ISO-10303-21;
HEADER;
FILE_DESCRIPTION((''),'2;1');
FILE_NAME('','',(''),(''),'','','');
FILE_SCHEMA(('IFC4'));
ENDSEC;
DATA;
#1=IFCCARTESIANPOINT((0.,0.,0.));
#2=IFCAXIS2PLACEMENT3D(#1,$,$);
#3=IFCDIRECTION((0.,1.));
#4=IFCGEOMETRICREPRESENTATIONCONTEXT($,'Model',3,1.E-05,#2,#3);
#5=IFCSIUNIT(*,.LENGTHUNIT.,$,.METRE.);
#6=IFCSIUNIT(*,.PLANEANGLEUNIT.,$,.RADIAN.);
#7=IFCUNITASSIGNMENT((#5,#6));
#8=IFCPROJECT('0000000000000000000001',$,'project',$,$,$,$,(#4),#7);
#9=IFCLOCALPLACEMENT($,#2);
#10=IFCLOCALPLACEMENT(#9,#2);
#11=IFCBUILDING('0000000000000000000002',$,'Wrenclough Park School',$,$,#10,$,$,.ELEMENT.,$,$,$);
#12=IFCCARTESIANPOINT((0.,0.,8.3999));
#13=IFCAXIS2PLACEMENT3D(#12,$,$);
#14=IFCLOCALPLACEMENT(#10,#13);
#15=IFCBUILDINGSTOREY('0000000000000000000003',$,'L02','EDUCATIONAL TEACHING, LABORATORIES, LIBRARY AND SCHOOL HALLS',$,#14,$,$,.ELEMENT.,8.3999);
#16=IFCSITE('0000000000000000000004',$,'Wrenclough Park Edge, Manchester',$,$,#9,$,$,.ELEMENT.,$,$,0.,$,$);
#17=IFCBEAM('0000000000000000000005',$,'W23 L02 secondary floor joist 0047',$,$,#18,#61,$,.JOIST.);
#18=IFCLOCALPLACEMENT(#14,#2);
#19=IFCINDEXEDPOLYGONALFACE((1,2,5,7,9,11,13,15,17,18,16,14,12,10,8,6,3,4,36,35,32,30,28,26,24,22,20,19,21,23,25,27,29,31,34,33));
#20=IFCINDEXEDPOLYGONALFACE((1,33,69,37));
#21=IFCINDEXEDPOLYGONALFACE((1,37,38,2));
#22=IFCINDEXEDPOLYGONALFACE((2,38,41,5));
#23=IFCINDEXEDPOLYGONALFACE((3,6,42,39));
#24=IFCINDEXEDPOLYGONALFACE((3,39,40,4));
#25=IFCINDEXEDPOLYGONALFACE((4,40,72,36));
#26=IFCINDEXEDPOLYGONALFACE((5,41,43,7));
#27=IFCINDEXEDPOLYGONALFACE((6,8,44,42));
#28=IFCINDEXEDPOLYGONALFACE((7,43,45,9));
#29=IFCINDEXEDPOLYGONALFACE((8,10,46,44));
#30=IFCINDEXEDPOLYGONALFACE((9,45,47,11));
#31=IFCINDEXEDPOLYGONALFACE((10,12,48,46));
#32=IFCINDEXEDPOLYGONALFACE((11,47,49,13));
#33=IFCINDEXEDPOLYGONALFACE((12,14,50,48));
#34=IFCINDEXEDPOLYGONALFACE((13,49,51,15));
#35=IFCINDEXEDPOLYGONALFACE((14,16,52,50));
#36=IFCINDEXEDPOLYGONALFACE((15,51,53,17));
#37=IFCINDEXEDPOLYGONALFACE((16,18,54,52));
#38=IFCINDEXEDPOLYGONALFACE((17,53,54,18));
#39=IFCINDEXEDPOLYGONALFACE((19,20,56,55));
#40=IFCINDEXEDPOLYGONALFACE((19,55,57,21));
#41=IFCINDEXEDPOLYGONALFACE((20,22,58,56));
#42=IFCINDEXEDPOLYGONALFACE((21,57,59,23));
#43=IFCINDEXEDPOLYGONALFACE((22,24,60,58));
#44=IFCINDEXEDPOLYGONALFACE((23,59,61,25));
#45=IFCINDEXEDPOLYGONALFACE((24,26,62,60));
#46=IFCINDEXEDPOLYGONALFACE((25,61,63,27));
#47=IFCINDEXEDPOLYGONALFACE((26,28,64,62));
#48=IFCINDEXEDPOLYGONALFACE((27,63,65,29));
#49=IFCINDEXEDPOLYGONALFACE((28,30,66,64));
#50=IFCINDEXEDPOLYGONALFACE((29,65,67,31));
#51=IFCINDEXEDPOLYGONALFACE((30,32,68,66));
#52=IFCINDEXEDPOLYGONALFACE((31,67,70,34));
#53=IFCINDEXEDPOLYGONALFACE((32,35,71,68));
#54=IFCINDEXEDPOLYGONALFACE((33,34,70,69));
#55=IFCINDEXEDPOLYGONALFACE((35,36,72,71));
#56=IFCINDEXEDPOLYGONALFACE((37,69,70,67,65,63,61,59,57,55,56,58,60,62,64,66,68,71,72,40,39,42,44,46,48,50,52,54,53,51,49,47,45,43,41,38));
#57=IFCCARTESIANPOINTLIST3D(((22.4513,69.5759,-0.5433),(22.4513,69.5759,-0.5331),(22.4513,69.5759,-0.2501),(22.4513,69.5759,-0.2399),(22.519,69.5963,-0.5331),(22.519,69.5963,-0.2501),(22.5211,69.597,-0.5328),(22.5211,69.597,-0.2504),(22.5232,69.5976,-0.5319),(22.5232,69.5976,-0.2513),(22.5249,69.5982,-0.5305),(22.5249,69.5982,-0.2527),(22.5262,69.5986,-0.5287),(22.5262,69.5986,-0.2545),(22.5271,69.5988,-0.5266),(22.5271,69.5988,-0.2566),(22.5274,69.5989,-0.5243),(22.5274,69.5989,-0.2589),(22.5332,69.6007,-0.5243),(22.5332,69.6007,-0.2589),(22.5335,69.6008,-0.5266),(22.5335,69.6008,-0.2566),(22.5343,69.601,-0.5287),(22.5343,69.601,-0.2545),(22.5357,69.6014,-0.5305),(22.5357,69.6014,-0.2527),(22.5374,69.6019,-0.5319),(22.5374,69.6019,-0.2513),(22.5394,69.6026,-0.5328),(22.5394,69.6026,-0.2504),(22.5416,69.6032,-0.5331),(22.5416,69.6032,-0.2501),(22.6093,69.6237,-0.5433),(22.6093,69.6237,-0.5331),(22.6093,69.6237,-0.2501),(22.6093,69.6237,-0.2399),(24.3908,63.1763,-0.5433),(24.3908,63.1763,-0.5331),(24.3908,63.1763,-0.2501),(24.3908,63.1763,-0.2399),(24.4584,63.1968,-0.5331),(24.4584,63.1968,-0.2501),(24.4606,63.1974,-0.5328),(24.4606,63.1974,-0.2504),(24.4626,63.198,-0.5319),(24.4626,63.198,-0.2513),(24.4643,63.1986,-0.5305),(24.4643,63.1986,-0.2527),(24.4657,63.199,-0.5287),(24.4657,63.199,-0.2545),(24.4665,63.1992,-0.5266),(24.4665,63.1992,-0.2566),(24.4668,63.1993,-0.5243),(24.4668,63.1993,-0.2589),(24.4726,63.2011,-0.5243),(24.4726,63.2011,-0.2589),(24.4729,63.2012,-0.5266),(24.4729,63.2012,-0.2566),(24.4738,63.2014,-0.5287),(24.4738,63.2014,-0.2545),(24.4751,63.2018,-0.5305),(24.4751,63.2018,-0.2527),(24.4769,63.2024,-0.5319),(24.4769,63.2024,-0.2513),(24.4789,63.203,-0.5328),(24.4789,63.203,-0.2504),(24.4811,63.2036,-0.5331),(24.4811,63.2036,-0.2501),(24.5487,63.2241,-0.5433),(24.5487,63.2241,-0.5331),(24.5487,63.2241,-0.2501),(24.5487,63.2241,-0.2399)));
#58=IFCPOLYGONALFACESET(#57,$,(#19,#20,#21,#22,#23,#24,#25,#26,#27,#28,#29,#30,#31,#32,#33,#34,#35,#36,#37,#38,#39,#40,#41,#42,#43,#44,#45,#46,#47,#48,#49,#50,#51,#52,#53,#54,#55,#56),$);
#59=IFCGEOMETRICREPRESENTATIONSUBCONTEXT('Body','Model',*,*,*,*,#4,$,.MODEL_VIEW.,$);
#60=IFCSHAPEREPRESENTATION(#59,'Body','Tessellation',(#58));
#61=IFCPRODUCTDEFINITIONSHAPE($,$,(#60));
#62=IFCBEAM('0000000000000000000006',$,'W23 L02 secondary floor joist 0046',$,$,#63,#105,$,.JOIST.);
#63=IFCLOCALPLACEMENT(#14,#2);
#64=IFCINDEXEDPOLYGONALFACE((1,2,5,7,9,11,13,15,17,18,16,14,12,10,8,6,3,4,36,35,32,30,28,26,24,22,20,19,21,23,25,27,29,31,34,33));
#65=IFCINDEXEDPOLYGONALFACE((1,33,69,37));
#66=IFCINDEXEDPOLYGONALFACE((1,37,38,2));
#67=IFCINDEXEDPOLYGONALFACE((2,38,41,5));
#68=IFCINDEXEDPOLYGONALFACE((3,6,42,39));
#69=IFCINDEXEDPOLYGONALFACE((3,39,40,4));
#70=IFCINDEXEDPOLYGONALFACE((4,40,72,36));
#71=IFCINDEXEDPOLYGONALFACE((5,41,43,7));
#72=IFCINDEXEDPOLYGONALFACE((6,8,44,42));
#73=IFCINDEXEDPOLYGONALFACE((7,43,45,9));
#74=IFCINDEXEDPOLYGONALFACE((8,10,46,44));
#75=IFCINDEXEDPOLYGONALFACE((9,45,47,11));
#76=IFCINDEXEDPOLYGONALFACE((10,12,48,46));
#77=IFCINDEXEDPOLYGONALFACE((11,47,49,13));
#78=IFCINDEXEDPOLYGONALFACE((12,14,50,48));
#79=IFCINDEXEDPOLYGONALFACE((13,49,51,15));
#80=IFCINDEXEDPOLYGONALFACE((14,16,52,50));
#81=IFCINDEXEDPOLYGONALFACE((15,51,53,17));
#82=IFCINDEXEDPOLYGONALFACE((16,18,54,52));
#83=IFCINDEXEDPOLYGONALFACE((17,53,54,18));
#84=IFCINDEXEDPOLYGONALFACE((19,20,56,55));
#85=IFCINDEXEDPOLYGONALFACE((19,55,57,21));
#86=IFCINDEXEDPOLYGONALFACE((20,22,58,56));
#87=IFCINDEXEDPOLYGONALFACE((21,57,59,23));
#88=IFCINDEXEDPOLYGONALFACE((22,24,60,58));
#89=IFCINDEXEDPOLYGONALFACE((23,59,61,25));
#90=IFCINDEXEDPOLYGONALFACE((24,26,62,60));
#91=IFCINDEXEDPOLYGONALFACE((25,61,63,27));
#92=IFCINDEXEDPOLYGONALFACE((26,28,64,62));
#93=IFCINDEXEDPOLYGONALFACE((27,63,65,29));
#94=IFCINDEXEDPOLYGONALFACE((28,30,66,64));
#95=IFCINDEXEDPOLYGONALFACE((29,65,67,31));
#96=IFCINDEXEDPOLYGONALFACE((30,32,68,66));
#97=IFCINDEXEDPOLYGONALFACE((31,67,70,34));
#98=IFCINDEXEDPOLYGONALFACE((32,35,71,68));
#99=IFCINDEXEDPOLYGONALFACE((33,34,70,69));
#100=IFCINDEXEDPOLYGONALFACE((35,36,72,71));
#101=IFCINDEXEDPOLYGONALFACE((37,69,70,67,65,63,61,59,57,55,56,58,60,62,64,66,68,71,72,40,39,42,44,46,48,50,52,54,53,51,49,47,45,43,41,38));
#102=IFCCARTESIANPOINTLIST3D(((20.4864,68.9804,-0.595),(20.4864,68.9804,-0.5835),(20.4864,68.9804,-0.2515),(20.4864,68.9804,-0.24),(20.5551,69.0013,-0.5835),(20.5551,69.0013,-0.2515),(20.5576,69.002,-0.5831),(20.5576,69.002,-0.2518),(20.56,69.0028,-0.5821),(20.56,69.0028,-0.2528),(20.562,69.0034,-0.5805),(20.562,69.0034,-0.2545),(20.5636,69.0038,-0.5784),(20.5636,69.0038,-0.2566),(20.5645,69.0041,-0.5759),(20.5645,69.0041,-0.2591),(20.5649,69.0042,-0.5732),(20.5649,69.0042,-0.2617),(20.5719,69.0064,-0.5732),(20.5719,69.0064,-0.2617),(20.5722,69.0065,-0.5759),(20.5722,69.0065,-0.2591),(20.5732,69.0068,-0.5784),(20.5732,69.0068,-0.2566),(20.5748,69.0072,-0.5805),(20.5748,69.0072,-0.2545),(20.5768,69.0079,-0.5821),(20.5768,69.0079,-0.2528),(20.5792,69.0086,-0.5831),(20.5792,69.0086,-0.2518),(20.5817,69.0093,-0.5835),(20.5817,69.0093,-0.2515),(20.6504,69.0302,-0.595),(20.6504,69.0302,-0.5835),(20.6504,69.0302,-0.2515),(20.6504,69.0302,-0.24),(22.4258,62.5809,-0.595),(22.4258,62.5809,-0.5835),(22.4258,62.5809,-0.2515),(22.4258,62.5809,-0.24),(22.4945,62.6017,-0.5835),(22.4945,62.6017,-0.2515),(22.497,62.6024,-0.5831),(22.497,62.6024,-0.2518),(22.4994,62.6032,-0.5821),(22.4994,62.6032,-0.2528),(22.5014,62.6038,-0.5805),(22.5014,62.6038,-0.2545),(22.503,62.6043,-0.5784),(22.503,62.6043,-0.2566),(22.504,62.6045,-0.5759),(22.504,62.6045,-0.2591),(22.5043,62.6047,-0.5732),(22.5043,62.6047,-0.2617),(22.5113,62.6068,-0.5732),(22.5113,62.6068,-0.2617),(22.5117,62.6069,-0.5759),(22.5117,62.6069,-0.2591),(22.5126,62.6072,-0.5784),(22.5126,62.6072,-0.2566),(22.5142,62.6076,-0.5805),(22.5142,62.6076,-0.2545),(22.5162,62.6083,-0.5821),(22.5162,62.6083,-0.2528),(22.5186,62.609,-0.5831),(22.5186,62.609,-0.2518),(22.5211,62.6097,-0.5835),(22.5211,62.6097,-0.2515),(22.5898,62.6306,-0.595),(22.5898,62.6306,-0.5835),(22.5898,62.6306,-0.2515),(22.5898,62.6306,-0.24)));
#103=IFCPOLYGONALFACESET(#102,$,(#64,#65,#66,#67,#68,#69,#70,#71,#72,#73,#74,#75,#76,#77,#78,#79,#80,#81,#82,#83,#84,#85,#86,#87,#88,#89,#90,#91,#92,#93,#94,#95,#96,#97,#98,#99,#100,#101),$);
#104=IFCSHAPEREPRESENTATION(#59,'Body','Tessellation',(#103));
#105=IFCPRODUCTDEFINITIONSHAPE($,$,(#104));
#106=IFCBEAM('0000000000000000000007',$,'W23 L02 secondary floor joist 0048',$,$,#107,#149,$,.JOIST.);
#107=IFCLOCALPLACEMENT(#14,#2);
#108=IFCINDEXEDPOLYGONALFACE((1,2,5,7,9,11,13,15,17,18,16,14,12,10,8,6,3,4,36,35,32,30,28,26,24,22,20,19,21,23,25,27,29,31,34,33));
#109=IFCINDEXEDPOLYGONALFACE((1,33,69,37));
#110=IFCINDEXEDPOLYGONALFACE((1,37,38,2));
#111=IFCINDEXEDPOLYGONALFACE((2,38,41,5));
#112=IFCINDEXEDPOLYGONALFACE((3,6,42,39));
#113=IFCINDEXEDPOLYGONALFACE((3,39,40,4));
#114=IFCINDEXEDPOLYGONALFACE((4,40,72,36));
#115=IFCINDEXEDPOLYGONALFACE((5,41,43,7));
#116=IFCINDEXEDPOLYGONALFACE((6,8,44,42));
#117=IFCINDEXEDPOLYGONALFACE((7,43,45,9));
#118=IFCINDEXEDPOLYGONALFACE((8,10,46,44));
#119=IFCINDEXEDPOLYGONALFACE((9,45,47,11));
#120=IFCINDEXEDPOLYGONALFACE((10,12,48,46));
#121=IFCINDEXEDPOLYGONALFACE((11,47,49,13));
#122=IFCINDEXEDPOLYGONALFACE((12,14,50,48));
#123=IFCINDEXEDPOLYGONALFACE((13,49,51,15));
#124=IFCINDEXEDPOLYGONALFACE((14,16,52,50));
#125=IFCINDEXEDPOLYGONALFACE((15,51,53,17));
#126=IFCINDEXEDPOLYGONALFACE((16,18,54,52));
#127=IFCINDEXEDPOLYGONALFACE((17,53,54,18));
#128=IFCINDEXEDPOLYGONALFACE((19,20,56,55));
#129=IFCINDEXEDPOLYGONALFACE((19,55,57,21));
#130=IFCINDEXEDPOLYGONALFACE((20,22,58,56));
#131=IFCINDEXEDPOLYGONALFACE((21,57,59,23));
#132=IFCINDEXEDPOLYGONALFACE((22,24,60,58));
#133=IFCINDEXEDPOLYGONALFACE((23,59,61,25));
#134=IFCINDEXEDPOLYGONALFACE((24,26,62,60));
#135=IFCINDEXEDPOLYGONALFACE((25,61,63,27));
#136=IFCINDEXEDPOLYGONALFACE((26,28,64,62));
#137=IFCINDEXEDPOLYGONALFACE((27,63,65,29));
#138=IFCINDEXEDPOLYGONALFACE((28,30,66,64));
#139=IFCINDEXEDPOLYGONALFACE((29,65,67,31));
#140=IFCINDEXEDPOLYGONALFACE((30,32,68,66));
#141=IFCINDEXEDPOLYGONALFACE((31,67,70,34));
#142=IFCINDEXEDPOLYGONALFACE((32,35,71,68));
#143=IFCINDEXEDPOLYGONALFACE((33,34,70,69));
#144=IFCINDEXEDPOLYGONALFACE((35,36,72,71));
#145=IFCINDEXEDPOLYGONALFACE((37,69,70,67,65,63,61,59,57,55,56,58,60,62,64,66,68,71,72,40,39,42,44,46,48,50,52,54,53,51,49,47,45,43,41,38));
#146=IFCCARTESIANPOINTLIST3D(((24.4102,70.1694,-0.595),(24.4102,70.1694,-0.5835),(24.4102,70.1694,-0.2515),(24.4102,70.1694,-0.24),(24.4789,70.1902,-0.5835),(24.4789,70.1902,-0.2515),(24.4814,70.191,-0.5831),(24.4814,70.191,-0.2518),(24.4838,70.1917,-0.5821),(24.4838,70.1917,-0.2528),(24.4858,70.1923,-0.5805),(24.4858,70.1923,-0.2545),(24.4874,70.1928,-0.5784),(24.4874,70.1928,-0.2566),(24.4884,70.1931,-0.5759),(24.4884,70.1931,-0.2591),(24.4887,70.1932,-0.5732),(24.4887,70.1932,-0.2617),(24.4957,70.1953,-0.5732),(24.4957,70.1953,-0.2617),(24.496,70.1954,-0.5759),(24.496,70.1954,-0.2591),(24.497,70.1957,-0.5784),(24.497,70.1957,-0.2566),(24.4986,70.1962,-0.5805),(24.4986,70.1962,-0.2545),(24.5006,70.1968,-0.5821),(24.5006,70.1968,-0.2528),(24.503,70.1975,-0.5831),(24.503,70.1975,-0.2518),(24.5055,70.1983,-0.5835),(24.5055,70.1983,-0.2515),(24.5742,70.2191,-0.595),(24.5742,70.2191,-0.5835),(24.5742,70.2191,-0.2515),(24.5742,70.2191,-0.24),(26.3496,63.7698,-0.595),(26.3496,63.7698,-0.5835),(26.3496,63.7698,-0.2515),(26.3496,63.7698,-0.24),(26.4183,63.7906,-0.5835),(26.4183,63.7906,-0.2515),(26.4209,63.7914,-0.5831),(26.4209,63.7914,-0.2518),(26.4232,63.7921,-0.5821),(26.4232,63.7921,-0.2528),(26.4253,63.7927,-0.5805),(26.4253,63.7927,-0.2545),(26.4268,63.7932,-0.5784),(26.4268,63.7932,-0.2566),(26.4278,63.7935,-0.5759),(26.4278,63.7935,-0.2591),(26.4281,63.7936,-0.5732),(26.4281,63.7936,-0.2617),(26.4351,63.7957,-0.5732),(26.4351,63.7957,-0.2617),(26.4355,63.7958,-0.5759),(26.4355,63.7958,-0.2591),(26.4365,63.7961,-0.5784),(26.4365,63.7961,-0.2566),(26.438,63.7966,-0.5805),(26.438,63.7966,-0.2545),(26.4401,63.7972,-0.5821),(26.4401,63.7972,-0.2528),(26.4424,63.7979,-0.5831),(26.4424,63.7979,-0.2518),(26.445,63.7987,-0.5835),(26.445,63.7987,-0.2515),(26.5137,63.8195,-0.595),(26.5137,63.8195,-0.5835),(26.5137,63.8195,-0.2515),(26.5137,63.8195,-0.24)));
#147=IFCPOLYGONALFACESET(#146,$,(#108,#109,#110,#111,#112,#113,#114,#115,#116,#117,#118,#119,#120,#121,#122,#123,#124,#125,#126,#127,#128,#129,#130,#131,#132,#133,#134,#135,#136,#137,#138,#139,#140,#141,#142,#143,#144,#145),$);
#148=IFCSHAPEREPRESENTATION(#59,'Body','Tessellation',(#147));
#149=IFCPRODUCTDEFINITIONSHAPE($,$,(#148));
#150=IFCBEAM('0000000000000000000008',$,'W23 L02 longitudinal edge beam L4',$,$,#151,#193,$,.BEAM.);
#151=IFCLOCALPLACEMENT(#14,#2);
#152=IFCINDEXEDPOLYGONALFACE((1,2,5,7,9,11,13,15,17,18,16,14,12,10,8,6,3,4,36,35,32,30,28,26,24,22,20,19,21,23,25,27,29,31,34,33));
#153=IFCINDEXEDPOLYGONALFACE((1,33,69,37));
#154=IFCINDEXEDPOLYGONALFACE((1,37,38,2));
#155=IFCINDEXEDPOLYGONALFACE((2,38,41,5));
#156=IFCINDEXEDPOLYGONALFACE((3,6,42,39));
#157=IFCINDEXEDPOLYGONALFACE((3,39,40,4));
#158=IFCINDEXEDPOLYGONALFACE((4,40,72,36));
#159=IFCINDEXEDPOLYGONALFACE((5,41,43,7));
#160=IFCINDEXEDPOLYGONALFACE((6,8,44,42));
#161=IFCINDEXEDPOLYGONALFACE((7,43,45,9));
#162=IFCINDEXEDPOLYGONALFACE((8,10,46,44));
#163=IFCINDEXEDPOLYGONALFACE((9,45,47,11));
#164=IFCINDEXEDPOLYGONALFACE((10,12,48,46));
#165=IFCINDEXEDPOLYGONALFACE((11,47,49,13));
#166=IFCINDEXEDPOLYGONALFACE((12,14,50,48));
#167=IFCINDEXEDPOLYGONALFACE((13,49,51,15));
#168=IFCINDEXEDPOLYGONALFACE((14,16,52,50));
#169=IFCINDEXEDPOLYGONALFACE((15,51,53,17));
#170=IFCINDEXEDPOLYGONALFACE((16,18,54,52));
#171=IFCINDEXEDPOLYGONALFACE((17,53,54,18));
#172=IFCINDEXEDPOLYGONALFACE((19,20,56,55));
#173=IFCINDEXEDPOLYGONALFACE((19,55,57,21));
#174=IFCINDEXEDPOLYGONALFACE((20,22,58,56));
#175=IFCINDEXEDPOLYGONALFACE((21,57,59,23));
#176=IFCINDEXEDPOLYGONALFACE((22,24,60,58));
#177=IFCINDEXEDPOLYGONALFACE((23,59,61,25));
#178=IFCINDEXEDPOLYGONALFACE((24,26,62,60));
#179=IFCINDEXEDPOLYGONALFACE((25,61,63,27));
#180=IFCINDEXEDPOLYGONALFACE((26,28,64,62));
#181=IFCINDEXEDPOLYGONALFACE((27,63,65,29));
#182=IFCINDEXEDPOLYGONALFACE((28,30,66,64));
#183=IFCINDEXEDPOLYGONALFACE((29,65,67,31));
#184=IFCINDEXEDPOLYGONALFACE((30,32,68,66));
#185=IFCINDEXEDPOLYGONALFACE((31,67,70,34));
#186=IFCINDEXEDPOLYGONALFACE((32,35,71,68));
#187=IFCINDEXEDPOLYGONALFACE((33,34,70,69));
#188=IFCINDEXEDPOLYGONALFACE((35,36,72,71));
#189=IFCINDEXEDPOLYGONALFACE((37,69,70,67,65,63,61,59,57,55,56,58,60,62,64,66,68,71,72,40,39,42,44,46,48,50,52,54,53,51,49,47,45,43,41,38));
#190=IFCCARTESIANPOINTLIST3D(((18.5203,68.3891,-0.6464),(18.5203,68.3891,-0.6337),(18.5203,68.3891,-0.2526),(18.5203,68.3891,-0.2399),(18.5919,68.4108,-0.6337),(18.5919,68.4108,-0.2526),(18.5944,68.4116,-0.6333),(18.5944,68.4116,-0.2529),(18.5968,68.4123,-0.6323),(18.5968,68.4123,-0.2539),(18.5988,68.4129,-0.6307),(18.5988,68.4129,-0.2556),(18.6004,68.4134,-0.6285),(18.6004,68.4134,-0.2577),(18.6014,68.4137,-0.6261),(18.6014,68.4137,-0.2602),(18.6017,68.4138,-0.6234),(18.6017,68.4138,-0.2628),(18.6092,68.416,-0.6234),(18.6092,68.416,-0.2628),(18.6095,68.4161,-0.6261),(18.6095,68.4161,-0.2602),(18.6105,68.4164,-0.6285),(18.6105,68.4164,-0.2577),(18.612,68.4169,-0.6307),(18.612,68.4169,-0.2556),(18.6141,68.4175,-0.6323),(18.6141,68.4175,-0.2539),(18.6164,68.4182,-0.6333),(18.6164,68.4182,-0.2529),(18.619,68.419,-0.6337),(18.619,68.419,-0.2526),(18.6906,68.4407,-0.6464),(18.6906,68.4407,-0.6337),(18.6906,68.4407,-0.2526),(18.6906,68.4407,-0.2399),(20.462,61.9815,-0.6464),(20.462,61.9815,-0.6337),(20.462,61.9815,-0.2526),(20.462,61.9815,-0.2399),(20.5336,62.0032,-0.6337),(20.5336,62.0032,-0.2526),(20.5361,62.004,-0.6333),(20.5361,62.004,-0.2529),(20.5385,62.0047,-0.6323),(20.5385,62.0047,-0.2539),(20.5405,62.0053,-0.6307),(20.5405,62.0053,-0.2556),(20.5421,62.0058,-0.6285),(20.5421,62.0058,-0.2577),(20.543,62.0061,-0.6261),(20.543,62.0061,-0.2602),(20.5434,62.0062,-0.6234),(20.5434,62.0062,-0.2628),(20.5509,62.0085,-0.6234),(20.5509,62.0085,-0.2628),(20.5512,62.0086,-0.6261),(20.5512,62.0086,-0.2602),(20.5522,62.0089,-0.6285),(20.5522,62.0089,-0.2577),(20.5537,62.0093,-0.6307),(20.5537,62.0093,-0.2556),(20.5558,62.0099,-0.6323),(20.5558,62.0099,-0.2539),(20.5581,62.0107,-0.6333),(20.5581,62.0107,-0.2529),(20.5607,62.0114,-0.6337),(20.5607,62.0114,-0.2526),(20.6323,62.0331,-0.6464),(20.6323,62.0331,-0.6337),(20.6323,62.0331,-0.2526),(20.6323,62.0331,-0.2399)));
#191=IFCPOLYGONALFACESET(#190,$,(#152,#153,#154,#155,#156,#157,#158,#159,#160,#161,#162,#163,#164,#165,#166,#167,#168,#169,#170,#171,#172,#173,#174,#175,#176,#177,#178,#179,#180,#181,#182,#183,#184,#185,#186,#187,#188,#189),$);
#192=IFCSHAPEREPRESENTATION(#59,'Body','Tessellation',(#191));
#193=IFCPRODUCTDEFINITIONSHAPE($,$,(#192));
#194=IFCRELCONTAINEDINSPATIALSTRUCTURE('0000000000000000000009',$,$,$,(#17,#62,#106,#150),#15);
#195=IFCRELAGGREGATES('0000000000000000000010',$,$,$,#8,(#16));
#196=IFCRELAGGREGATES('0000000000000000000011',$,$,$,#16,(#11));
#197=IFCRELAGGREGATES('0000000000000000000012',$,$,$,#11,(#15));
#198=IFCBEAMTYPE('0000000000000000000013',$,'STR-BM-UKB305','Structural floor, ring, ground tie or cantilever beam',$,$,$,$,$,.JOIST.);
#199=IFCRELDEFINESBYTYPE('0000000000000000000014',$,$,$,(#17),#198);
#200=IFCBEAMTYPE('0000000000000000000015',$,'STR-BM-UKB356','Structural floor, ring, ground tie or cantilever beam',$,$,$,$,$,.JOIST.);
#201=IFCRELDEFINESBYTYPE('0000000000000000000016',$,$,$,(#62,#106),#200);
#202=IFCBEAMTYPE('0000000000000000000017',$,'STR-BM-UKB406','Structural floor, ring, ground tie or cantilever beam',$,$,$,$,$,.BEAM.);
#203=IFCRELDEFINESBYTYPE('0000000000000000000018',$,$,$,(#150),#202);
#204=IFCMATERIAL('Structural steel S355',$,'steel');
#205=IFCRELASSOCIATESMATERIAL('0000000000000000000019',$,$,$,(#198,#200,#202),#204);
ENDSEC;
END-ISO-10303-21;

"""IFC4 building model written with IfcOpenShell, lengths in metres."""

from ifc_helpers import new_model, si_unit, direction, frame, origin, origin_2d, place, context, subcontext, project, spatial, i_section, extrude, material, material_profile, profile_set, type_object, element, save


model = new_model("IFC4")

# Units and contexts
model_context = context("Model", 3, precision=1e-05, world=origin(), true_north=direction((0.0, 1.0)))
body_context = subcontext(model_context, "Body", "Model", "MODEL_VIEW")
ifc_project = project(units=[si_unit("LENGTHUNIT", "METRE"), si_unit("PLANEANGLEUNIT", "RADIAN")], contexts=[model_context])

# Site, building, storey
site_placement = place(None, origin())
site = spatial("IfcSite", under=ifc_project, at=site_placement, Name="Wrenclough Park Edge, Manchester", CompositionType="ELEMENT", RefElevation=0.0)
building_placement = place(site_placement, origin())
building = spatial("IfcBuilding", under=site, at=building_placement, Name="Wrenclough Park School", CompositionType="ELEMENT")
storey_placement = place(building_placement, frame((0.0, 0.0, 8.3999)))
storey = spatial("IfcBuildingStorey", under=building, at=storey_placement, Name="L02", Description="EDUCATIONAL TEACHING, LABORATORIES, LIBRARY AND SCHOOL HALLS", CompositionType="ELEMENT", Elevation=8.3999)

# Shared definitions
ifc_material_1 = material(Name="Structural steel S355", Category="steel")

# Beams
ifc_material_profile_1 = material_profile(ifc_material_1, i_section(OverallWidth=0.165, OverallDepth=0.3035, WebThickness=0.0061, FlangeThickness=0.0103, FilletRadius=0.0088, at=origin_2d()), Name="UKB 305x165x40")
ifc_profile_set_1 = profile_set([ifc_material_profile_1], Name="Structural steel S355")
beam_type_1 = type_object("IfcBeamType", Name="STR-BM-UKB305", Description="Structural floor, ring, ground tie or cantilever beam", PredefinedType="JOIST", material=ifc_profile_set_1)
beam_1_placement = place(storey_placement, frame((24.4697, 63.2002, -0.3916), z_axis=(-0.29003, 0.957018, 0.0), x_axis=(-0.957018, -0.29003, 0.0)))
element("IfcBeam", 1, at=beam_1_placement, inside=storey, type_object=beam_type_1, Name="W23 L02 secondary floor joist 0047", PredefinedType="JOIST", context=body_context, shape_type="SweptSolid", body=[
    extrude(i_section(OverallWidth=0.165, OverallDepth=0.3035, WebThickness=0.0061, FlangeThickness=0.0103, FilletRadius=0.0088, at=origin_2d()), origin(), (0.0, 0.0, 1.0), 6.687),
])
ifc_material_profile_2 = material_profile(ifc_material_1, i_section(OverallWidth=0.1714, OverallDepth=0.355, WebThickness=0.0073, FlangeThickness=0.0115, FilletRadius=0.0103, at=origin_2d()), Name="UKB 356x171x51")
ifc_profile_set_2 = profile_set([ifc_material_profile_2], Name="Structural steel S355")
beam_type_2 = type_object("IfcBeamType", Name="STR-BM-UKB356", Description="Structural floor, ring, ground tie or cantilever beam", PredefinedType="JOIST", material=ifc_profile_set_2)
for number, where, z_axis, x_axis, name in (
    (2, (22.5078, 62.6057, -0.4175), (-0.29003, 0.957018, 0.0), (-0.957018, -0.29003, 0.0), "W23 L02 secondary floor joist 0046"),
    (3, (26.4316, 63.7947, -0.4175), (-0.29003, 0.957018, 0.0), (-0.957018, -0.29003, 0.0), "W23 L02 secondary floor joist 0048"),
):
    element("IfcBeam", number, at=place(storey_placement, frame(where, z_axis=z_axis, x_axis=x_axis)), inside=storey, type_object=beam_type_2, Name=name, PredefinedType="JOIST", context=body_context, shape_type="SweptSolid", body=[
        extrude(i_section(OverallWidth=0.1714, OverallDepth=0.355, WebThickness=0.0073, FlangeThickness=0.0115, FilletRadius=0.0103, at=origin_2d()), origin(), (0.0, 0.0, 1.0), 6.687),
    ])
ifc_material_profile_3 = material_profile(ifc_material_1, i_section(OverallWidth=0.178, OverallDepth=0.4065, WebThickness=0.0078, FlangeThickness=0.0127, FilletRadius=0.0103, at=origin_2d()), Name="UKB 406x178x60")
ifc_profile_set_3 = profile_set([ifc_material_profile_3], Name="Structural steel S355")
beam_type_3 = type_object("IfcBeamType", Name="STR-BM-UKB406", Description="Structural floor, ring, ground tie or cantilever beam", PredefinedType="BEAM", material=ifc_profile_set_3)
beam_2_placement = place(storey_placement, frame((20.5471, 62.0073, -0.4431), z_axis=(-0.290006, 0.957025, 0.0), x_axis=(-0.957025, -0.290006, 0.0)))
element("IfcBeam", 4, at=beam_2_placement, inside=storey, type_object=beam_type_3, Name="W23 L02 longitudinal edge beam L4", PredefinedType="BEAM", context=body_context, shape_type="SweptSolid", body=[
    extrude(i_section(OverallWidth=0.178, OverallDepth=0.4065, WebThickness=0.0078, FlangeThickness=0.0127, FilletRadius=0.0103, at=origin_2d()), origin(), (0.0, 0.0, 1.0), 6.6953),
])

save(model, "model.ifc")
